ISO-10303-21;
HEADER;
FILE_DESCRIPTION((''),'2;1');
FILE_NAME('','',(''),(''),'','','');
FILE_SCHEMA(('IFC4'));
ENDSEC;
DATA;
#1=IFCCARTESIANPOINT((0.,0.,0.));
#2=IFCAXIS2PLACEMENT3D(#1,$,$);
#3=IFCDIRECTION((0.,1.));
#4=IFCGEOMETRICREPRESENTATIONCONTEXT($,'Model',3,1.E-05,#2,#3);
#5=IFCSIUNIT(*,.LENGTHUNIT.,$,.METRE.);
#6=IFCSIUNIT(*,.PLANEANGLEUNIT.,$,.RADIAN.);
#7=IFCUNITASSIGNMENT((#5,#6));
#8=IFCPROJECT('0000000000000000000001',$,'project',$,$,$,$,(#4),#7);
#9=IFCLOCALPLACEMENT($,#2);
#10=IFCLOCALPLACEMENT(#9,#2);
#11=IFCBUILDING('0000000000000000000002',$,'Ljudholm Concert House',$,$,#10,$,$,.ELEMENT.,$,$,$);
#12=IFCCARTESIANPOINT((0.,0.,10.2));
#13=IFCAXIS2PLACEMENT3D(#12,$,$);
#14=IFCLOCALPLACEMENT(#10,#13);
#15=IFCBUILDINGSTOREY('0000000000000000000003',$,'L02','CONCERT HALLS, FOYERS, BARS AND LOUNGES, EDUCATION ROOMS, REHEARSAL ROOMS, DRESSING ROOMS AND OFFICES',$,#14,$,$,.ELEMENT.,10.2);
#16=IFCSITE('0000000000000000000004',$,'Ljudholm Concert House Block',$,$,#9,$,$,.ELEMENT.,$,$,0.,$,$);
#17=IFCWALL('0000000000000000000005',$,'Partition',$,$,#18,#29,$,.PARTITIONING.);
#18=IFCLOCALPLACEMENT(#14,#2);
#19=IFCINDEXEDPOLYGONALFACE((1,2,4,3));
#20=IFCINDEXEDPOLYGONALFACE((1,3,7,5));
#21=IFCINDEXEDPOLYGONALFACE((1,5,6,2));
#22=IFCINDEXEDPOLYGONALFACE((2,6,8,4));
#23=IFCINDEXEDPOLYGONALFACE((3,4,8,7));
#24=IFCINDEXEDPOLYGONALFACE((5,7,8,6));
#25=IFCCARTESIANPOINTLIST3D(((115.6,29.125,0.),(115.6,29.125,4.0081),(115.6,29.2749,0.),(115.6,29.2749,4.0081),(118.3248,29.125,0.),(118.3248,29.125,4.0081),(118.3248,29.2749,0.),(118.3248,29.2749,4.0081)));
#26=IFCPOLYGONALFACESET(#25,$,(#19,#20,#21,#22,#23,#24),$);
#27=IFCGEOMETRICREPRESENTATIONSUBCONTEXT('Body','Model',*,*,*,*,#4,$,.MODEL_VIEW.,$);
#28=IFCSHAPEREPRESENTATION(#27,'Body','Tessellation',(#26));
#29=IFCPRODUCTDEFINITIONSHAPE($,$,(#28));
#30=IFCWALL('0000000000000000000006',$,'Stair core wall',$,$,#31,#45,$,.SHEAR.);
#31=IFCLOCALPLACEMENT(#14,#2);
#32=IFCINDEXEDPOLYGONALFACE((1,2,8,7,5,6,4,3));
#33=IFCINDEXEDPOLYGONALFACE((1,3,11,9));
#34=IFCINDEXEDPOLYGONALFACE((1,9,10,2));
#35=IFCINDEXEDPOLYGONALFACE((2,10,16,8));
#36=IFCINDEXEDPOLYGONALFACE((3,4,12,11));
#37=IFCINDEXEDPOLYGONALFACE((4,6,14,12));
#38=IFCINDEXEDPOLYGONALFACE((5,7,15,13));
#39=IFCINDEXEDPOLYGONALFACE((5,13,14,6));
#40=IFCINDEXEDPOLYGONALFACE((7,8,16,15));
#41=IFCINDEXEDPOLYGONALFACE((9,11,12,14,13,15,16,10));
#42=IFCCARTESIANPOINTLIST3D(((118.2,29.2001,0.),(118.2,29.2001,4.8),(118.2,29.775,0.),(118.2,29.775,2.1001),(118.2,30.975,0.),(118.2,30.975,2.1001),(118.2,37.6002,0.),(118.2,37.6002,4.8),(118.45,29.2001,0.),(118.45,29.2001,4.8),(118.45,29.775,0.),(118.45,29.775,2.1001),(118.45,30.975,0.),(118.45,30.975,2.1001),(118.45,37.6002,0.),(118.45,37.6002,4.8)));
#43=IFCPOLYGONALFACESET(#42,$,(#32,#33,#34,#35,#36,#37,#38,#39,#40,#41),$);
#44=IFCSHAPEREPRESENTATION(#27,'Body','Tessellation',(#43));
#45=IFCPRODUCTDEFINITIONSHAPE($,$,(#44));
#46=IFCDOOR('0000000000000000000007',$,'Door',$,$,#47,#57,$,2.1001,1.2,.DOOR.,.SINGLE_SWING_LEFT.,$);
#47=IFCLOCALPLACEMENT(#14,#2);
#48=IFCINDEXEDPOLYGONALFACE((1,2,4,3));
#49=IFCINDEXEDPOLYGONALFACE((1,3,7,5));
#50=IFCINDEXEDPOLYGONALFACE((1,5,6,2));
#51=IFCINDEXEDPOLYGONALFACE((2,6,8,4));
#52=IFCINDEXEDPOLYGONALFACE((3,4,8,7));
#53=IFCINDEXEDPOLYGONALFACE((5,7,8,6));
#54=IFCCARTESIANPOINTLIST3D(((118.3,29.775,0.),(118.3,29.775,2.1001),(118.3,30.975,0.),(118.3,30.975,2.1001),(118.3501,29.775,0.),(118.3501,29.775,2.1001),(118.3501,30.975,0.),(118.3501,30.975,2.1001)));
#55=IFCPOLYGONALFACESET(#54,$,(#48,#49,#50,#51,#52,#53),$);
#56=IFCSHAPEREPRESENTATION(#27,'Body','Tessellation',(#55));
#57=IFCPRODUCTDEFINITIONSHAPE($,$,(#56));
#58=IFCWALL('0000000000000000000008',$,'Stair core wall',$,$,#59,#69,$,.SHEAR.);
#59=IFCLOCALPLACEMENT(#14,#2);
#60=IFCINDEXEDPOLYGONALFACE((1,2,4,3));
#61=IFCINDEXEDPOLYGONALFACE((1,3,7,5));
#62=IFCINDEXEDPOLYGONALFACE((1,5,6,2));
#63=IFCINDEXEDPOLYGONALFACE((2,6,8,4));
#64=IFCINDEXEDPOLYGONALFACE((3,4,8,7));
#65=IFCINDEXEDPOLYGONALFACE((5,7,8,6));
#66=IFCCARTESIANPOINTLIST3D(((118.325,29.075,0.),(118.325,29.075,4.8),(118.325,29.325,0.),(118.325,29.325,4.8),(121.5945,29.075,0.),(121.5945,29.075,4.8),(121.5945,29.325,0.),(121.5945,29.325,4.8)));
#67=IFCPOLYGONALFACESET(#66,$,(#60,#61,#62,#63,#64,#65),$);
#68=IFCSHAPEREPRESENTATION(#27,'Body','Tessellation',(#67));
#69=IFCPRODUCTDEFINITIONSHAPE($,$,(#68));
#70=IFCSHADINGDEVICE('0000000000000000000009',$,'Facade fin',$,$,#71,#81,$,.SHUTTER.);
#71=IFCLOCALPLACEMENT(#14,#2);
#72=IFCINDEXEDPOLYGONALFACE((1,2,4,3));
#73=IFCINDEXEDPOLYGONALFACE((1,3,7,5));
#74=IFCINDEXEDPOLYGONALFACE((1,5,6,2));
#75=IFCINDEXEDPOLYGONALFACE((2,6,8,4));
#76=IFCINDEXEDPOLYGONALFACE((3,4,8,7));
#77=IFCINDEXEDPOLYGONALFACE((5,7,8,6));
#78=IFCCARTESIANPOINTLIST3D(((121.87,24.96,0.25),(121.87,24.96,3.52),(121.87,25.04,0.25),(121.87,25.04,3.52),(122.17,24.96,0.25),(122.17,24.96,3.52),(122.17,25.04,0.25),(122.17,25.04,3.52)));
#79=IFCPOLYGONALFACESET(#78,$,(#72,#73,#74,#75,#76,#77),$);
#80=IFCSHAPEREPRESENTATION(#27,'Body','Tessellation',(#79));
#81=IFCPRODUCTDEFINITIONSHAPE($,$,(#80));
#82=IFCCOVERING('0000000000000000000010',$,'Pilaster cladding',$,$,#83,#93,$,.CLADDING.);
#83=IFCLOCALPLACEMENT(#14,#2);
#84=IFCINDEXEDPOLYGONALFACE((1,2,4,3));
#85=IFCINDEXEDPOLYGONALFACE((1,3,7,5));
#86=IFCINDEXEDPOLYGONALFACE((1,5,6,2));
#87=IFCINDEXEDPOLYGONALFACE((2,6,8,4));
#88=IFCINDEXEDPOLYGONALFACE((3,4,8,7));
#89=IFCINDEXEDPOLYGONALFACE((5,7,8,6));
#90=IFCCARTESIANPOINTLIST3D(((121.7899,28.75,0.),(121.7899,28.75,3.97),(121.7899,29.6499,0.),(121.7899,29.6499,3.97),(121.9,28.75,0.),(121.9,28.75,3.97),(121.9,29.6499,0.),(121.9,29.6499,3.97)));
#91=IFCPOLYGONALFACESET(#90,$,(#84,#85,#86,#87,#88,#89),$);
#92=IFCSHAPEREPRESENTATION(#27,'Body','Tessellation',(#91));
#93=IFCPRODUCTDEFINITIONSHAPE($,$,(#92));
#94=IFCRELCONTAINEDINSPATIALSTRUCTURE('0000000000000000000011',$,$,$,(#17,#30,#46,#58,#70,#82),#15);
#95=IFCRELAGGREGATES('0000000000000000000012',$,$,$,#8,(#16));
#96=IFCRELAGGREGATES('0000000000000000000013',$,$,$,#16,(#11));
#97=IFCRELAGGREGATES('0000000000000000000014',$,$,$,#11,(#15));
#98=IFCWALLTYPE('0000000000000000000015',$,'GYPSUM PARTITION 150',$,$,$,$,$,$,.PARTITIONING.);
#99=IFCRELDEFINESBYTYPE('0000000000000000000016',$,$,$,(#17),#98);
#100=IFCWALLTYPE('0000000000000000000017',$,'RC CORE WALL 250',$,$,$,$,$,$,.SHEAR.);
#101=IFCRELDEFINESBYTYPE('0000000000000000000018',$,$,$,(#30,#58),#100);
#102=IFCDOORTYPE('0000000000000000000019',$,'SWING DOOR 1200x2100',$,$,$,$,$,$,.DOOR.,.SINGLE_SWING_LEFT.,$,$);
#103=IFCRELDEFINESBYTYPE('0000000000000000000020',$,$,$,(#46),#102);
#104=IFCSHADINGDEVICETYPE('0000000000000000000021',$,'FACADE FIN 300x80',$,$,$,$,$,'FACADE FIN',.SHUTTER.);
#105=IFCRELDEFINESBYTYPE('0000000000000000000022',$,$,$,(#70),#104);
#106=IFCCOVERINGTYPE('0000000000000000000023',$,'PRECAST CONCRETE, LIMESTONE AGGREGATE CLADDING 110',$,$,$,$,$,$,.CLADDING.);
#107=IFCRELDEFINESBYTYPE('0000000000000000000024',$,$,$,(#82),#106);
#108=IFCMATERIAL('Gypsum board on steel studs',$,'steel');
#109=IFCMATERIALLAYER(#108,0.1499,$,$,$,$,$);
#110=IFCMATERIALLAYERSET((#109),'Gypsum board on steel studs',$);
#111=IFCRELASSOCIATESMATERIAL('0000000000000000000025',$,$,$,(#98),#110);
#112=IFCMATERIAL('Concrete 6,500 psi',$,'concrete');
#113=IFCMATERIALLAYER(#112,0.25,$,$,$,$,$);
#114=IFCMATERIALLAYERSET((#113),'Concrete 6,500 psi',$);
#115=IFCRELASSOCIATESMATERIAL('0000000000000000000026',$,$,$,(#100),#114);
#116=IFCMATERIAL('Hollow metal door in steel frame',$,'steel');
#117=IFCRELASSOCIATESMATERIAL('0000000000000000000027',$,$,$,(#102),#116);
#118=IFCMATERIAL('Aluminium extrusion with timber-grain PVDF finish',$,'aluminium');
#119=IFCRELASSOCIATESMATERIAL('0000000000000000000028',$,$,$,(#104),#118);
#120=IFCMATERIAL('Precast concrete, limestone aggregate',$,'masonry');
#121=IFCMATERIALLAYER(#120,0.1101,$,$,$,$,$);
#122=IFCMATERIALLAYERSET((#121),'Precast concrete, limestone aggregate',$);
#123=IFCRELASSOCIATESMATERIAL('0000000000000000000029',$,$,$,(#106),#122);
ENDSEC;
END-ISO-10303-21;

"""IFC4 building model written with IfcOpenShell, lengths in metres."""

from ifc_helpers import new_model, si_unit, direction, frame, frame_2d, origin, origin_2d, place, context, subcontext, project, spatial, rectangle, extrude, material, layer, layer_set, type_object, element, fill, save


model = new_model("IFC4")

# Units and contexts
model_context = context("Model", 3, precision=1e-05, world=origin(), true_north=direction((0.0, 1.0)))
body_context = subcontext(model_context, "Body", "Model", "MODEL_VIEW")
ifc_project = project(units=[si_unit("LENGTHUNIT", "METRE"), si_unit("PLANEANGLEUNIT", "RADIAN")], contexts=[model_context])

# Site, building, storey
site_placement = place(None, origin())
site = spatial("IfcSite", under=ifc_project, at=site_placement, Name="Ljudholm Concert House Block", CompositionType="ELEMENT", RefElevation=0.0)
building_placement = place(site_placement, origin())
building = spatial("IfcBuilding", under=site, at=building_placement, Name="Ljudholm Concert House", CompositionType="ELEMENT")
storey_placement = place(building_placement, frame((0.0, 0.0, 10.2)))
storey = spatial("IfcBuildingStorey", under=building, at=storey_placement, Name="L02", Description="CONCERT HALLS, FOYERS, BARS AND LOUNGES, EDUCATION ROOMS, REHEARSAL ROOMS, DRESSING ROOMS AND OFFICES", CompositionType="ELEMENT", Elevation=10.2)

# Shared definitions
ifc_material_1 = material(Name="Gypsum board on steel studs", Category="steel")
ifc_layer_1 = layer(ifc_material_1, 0.1499)
ifc_layer_set_1 = layer_set([ifc_layer_1], Name="Gypsum board on steel studs")
wall_type_1 = type_object("IfcWallType", Name="GYPSUM PARTITION 150", PredefinedType="PARTITIONING", material=ifc_layer_set_1)

# Wall
wall_1_placement = place(storey_placement, frame((115.6001, 29.2, 0.0), z_axis=(0.0, 0.0, 1.0), x_axis=(1.0, 0.0, 0.0)))
element("IfcWall", 1, at=wall_1_placement, inside=storey, type_object=wall_type_1, Name="Partition", PredefinedType="PARTITIONING", context=body_context, shape_type="SweptSolid", body=[
    extrude(rectangle(XDim=2.7249, YDim=0.1499, at=frame_2d((1.3623, 0.0))), origin(), (0.0, 0.0, 1.0), 4.0081),
])

# Wall, opening, door
ifc_material_2 = material(Name="Concrete 6,500 psi", Category="concrete")
ifc_layer_2 = layer(ifc_material_2, 0.25)
ifc_layer_set_2 = layer_set([ifc_layer_2], Name="Concrete 6,500 psi")
wall_type_2 = type_object("IfcWallType", Name="RC CORE WALL 250", PredefinedType="SHEAR", material=ifc_layer_set_2)
wall_2_placement = place(storey_placement, frame((118.325, 29.2, 0.0), z_axis=(0.0, 0.0, 1.0), x_axis=(0.0, 1.0, 0.0)))
wall_2 = element("IfcWall", 2, at=wall_2_placement, inside=storey, type_object=wall_type_2, Name="Stair core wall", PredefinedType="SHEAR", context=body_context, shape_type="SweptSolid", body=[
    extrude(rectangle(XDim=8.4001, YDim=0.25, at=frame_2d((4.2002, 0.0))), origin(), (0.0, 0.0, 1.0), 4.8),
])
opening_1_placement = place(wall_2_placement, frame((0.575, 0.0, 0.0)))
opening_1 = element("IfcOpeningElement", 3, at=opening_1_placement, cuts=wall_2, PredefinedType="OPENING", context=body_context, shape_type="SweptSolid", body=[
    extrude(rectangle(XDim=1.2, YDim=2.1001, at=frame_2d((0.6001, 1.05))), frame((0.0, 0.135, 0.0), z_axis=(0.0, -1.0, 0.0), x_axis=(1.0, 0.0, 0.0)), (0.0, 0.0, 1.0), 0.27),
])
ifc_material_3 = material(Name="Hollow metal door in steel frame", Category="steel")
door_type_1 = type_object("IfcDoorType", Name="SWING DOOR 1200x2100", OperationType="SINGLE_SWING_LEFT", PredefinedType="DOOR", material=ifc_material_3)
door_1_placement = place(opening_1_placement, origin())
door_1 = element("IfcDoor", 4, at=door_1_placement, inside=storey, type_object=door_type_1, Name="Door", OperationType="SINGLE_SWING_LEFT", OverallHeight=2.1001, OverallWidth=1.2, PredefinedType="DOOR", context=body_context, shape_type="SweptSolid", body=[
    extrude(rectangle(XDim=1.2, YDim=2.1001, at=frame_2d((0.6001, 1.05))), frame((0.0, 0.0249, 0.0), z_axis=(0.0, -1.0, 0.0), x_axis=(1.0, 0.0, 0.0)), (0.0, 0.0, 1.0), 0.05),
])
fill(opening_1, door_1)

# Wall
wall_3_placement = place(storey_placement, frame((118.325, 29.2, 0.0), z_axis=(0.0, 0.0, 1.0), x_axis=(1.0, 0.0, 0.0)))
element("IfcWall", 5, at=wall_3_placement, inside=storey, type_object=wall_type_2, Name="Stair core wall", PredefinedType="SHEAR", context=body_context, shape_type="SweptSolid", body=[
    extrude(rectangle(XDim=3.2695, YDim=0.25, at=frame_2d((1.6348, 0.0))), origin(), (0.0, 0.0, 1.0), 4.8),
])

# Shading device
ifc_material_4 = material(Name="Aluminium extrusion with timber-grain PVDF finish", Category="aluminium")
shading_device_type = type_object("IfcShadingDeviceType", Name="FACADE FIN 300x80", ElementType="FACADE FIN", PredefinedType="SHUTTER", material=ifc_material_4)
shading_device_placement = place(storey_placement, frame((122.02, 25.0, 0.25), z_axis=(0.0, 0.0, 1.0), x_axis=(1.0, 0.0, 0.0)))
element("IfcShadingDevice", 6, at=shading_device_placement, inside=storey, type_object=shading_device_type, Name="Facade fin", PredefinedType="SHUTTER", context=body_context, shape_type="SweptSolid", body=[
    extrude(rectangle(XDim=0.3, YDim=0.0801, at=origin_2d()), origin(), (0.0, 0.0, 1.0), 3.27),
])

# Covering
ifc_material_5 = material(Name="Precast concrete, limestone aggregate", Category="masonry")
ifc_layer_3 = layer(ifc_material_5, 0.1101)
ifc_layer_set_3 = layer_set([ifc_layer_3], Name="Precast concrete, limestone aggregate")
covering_type = type_object("IfcCoveringType", Name="PRECAST CONCRETE, LIMESTONE AGGREGATE CLADDING 110", PredefinedType="CLADDING", material=ifc_layer_set_3)
covering_placement = place(storey_placement, frame((121.845, 29.2, 0.0), z_axis=(0.0, 0.0, 1.0), x_axis=(1.0, 0.0, 0.0)))
element("IfcCovering", 7, at=covering_placement, inside=storey, type_object=covering_type, Name="Pilaster cladding", PredefinedType="CLADDING", context=body_context, shape_type="SweptSolid", body=[
    extrude(rectangle(XDim=0.1101, YDim=0.8999, at=origin_2d()), origin(), (0.0, 0.0, 1.0), 3.97),
])

save(model, "model.ifc")
